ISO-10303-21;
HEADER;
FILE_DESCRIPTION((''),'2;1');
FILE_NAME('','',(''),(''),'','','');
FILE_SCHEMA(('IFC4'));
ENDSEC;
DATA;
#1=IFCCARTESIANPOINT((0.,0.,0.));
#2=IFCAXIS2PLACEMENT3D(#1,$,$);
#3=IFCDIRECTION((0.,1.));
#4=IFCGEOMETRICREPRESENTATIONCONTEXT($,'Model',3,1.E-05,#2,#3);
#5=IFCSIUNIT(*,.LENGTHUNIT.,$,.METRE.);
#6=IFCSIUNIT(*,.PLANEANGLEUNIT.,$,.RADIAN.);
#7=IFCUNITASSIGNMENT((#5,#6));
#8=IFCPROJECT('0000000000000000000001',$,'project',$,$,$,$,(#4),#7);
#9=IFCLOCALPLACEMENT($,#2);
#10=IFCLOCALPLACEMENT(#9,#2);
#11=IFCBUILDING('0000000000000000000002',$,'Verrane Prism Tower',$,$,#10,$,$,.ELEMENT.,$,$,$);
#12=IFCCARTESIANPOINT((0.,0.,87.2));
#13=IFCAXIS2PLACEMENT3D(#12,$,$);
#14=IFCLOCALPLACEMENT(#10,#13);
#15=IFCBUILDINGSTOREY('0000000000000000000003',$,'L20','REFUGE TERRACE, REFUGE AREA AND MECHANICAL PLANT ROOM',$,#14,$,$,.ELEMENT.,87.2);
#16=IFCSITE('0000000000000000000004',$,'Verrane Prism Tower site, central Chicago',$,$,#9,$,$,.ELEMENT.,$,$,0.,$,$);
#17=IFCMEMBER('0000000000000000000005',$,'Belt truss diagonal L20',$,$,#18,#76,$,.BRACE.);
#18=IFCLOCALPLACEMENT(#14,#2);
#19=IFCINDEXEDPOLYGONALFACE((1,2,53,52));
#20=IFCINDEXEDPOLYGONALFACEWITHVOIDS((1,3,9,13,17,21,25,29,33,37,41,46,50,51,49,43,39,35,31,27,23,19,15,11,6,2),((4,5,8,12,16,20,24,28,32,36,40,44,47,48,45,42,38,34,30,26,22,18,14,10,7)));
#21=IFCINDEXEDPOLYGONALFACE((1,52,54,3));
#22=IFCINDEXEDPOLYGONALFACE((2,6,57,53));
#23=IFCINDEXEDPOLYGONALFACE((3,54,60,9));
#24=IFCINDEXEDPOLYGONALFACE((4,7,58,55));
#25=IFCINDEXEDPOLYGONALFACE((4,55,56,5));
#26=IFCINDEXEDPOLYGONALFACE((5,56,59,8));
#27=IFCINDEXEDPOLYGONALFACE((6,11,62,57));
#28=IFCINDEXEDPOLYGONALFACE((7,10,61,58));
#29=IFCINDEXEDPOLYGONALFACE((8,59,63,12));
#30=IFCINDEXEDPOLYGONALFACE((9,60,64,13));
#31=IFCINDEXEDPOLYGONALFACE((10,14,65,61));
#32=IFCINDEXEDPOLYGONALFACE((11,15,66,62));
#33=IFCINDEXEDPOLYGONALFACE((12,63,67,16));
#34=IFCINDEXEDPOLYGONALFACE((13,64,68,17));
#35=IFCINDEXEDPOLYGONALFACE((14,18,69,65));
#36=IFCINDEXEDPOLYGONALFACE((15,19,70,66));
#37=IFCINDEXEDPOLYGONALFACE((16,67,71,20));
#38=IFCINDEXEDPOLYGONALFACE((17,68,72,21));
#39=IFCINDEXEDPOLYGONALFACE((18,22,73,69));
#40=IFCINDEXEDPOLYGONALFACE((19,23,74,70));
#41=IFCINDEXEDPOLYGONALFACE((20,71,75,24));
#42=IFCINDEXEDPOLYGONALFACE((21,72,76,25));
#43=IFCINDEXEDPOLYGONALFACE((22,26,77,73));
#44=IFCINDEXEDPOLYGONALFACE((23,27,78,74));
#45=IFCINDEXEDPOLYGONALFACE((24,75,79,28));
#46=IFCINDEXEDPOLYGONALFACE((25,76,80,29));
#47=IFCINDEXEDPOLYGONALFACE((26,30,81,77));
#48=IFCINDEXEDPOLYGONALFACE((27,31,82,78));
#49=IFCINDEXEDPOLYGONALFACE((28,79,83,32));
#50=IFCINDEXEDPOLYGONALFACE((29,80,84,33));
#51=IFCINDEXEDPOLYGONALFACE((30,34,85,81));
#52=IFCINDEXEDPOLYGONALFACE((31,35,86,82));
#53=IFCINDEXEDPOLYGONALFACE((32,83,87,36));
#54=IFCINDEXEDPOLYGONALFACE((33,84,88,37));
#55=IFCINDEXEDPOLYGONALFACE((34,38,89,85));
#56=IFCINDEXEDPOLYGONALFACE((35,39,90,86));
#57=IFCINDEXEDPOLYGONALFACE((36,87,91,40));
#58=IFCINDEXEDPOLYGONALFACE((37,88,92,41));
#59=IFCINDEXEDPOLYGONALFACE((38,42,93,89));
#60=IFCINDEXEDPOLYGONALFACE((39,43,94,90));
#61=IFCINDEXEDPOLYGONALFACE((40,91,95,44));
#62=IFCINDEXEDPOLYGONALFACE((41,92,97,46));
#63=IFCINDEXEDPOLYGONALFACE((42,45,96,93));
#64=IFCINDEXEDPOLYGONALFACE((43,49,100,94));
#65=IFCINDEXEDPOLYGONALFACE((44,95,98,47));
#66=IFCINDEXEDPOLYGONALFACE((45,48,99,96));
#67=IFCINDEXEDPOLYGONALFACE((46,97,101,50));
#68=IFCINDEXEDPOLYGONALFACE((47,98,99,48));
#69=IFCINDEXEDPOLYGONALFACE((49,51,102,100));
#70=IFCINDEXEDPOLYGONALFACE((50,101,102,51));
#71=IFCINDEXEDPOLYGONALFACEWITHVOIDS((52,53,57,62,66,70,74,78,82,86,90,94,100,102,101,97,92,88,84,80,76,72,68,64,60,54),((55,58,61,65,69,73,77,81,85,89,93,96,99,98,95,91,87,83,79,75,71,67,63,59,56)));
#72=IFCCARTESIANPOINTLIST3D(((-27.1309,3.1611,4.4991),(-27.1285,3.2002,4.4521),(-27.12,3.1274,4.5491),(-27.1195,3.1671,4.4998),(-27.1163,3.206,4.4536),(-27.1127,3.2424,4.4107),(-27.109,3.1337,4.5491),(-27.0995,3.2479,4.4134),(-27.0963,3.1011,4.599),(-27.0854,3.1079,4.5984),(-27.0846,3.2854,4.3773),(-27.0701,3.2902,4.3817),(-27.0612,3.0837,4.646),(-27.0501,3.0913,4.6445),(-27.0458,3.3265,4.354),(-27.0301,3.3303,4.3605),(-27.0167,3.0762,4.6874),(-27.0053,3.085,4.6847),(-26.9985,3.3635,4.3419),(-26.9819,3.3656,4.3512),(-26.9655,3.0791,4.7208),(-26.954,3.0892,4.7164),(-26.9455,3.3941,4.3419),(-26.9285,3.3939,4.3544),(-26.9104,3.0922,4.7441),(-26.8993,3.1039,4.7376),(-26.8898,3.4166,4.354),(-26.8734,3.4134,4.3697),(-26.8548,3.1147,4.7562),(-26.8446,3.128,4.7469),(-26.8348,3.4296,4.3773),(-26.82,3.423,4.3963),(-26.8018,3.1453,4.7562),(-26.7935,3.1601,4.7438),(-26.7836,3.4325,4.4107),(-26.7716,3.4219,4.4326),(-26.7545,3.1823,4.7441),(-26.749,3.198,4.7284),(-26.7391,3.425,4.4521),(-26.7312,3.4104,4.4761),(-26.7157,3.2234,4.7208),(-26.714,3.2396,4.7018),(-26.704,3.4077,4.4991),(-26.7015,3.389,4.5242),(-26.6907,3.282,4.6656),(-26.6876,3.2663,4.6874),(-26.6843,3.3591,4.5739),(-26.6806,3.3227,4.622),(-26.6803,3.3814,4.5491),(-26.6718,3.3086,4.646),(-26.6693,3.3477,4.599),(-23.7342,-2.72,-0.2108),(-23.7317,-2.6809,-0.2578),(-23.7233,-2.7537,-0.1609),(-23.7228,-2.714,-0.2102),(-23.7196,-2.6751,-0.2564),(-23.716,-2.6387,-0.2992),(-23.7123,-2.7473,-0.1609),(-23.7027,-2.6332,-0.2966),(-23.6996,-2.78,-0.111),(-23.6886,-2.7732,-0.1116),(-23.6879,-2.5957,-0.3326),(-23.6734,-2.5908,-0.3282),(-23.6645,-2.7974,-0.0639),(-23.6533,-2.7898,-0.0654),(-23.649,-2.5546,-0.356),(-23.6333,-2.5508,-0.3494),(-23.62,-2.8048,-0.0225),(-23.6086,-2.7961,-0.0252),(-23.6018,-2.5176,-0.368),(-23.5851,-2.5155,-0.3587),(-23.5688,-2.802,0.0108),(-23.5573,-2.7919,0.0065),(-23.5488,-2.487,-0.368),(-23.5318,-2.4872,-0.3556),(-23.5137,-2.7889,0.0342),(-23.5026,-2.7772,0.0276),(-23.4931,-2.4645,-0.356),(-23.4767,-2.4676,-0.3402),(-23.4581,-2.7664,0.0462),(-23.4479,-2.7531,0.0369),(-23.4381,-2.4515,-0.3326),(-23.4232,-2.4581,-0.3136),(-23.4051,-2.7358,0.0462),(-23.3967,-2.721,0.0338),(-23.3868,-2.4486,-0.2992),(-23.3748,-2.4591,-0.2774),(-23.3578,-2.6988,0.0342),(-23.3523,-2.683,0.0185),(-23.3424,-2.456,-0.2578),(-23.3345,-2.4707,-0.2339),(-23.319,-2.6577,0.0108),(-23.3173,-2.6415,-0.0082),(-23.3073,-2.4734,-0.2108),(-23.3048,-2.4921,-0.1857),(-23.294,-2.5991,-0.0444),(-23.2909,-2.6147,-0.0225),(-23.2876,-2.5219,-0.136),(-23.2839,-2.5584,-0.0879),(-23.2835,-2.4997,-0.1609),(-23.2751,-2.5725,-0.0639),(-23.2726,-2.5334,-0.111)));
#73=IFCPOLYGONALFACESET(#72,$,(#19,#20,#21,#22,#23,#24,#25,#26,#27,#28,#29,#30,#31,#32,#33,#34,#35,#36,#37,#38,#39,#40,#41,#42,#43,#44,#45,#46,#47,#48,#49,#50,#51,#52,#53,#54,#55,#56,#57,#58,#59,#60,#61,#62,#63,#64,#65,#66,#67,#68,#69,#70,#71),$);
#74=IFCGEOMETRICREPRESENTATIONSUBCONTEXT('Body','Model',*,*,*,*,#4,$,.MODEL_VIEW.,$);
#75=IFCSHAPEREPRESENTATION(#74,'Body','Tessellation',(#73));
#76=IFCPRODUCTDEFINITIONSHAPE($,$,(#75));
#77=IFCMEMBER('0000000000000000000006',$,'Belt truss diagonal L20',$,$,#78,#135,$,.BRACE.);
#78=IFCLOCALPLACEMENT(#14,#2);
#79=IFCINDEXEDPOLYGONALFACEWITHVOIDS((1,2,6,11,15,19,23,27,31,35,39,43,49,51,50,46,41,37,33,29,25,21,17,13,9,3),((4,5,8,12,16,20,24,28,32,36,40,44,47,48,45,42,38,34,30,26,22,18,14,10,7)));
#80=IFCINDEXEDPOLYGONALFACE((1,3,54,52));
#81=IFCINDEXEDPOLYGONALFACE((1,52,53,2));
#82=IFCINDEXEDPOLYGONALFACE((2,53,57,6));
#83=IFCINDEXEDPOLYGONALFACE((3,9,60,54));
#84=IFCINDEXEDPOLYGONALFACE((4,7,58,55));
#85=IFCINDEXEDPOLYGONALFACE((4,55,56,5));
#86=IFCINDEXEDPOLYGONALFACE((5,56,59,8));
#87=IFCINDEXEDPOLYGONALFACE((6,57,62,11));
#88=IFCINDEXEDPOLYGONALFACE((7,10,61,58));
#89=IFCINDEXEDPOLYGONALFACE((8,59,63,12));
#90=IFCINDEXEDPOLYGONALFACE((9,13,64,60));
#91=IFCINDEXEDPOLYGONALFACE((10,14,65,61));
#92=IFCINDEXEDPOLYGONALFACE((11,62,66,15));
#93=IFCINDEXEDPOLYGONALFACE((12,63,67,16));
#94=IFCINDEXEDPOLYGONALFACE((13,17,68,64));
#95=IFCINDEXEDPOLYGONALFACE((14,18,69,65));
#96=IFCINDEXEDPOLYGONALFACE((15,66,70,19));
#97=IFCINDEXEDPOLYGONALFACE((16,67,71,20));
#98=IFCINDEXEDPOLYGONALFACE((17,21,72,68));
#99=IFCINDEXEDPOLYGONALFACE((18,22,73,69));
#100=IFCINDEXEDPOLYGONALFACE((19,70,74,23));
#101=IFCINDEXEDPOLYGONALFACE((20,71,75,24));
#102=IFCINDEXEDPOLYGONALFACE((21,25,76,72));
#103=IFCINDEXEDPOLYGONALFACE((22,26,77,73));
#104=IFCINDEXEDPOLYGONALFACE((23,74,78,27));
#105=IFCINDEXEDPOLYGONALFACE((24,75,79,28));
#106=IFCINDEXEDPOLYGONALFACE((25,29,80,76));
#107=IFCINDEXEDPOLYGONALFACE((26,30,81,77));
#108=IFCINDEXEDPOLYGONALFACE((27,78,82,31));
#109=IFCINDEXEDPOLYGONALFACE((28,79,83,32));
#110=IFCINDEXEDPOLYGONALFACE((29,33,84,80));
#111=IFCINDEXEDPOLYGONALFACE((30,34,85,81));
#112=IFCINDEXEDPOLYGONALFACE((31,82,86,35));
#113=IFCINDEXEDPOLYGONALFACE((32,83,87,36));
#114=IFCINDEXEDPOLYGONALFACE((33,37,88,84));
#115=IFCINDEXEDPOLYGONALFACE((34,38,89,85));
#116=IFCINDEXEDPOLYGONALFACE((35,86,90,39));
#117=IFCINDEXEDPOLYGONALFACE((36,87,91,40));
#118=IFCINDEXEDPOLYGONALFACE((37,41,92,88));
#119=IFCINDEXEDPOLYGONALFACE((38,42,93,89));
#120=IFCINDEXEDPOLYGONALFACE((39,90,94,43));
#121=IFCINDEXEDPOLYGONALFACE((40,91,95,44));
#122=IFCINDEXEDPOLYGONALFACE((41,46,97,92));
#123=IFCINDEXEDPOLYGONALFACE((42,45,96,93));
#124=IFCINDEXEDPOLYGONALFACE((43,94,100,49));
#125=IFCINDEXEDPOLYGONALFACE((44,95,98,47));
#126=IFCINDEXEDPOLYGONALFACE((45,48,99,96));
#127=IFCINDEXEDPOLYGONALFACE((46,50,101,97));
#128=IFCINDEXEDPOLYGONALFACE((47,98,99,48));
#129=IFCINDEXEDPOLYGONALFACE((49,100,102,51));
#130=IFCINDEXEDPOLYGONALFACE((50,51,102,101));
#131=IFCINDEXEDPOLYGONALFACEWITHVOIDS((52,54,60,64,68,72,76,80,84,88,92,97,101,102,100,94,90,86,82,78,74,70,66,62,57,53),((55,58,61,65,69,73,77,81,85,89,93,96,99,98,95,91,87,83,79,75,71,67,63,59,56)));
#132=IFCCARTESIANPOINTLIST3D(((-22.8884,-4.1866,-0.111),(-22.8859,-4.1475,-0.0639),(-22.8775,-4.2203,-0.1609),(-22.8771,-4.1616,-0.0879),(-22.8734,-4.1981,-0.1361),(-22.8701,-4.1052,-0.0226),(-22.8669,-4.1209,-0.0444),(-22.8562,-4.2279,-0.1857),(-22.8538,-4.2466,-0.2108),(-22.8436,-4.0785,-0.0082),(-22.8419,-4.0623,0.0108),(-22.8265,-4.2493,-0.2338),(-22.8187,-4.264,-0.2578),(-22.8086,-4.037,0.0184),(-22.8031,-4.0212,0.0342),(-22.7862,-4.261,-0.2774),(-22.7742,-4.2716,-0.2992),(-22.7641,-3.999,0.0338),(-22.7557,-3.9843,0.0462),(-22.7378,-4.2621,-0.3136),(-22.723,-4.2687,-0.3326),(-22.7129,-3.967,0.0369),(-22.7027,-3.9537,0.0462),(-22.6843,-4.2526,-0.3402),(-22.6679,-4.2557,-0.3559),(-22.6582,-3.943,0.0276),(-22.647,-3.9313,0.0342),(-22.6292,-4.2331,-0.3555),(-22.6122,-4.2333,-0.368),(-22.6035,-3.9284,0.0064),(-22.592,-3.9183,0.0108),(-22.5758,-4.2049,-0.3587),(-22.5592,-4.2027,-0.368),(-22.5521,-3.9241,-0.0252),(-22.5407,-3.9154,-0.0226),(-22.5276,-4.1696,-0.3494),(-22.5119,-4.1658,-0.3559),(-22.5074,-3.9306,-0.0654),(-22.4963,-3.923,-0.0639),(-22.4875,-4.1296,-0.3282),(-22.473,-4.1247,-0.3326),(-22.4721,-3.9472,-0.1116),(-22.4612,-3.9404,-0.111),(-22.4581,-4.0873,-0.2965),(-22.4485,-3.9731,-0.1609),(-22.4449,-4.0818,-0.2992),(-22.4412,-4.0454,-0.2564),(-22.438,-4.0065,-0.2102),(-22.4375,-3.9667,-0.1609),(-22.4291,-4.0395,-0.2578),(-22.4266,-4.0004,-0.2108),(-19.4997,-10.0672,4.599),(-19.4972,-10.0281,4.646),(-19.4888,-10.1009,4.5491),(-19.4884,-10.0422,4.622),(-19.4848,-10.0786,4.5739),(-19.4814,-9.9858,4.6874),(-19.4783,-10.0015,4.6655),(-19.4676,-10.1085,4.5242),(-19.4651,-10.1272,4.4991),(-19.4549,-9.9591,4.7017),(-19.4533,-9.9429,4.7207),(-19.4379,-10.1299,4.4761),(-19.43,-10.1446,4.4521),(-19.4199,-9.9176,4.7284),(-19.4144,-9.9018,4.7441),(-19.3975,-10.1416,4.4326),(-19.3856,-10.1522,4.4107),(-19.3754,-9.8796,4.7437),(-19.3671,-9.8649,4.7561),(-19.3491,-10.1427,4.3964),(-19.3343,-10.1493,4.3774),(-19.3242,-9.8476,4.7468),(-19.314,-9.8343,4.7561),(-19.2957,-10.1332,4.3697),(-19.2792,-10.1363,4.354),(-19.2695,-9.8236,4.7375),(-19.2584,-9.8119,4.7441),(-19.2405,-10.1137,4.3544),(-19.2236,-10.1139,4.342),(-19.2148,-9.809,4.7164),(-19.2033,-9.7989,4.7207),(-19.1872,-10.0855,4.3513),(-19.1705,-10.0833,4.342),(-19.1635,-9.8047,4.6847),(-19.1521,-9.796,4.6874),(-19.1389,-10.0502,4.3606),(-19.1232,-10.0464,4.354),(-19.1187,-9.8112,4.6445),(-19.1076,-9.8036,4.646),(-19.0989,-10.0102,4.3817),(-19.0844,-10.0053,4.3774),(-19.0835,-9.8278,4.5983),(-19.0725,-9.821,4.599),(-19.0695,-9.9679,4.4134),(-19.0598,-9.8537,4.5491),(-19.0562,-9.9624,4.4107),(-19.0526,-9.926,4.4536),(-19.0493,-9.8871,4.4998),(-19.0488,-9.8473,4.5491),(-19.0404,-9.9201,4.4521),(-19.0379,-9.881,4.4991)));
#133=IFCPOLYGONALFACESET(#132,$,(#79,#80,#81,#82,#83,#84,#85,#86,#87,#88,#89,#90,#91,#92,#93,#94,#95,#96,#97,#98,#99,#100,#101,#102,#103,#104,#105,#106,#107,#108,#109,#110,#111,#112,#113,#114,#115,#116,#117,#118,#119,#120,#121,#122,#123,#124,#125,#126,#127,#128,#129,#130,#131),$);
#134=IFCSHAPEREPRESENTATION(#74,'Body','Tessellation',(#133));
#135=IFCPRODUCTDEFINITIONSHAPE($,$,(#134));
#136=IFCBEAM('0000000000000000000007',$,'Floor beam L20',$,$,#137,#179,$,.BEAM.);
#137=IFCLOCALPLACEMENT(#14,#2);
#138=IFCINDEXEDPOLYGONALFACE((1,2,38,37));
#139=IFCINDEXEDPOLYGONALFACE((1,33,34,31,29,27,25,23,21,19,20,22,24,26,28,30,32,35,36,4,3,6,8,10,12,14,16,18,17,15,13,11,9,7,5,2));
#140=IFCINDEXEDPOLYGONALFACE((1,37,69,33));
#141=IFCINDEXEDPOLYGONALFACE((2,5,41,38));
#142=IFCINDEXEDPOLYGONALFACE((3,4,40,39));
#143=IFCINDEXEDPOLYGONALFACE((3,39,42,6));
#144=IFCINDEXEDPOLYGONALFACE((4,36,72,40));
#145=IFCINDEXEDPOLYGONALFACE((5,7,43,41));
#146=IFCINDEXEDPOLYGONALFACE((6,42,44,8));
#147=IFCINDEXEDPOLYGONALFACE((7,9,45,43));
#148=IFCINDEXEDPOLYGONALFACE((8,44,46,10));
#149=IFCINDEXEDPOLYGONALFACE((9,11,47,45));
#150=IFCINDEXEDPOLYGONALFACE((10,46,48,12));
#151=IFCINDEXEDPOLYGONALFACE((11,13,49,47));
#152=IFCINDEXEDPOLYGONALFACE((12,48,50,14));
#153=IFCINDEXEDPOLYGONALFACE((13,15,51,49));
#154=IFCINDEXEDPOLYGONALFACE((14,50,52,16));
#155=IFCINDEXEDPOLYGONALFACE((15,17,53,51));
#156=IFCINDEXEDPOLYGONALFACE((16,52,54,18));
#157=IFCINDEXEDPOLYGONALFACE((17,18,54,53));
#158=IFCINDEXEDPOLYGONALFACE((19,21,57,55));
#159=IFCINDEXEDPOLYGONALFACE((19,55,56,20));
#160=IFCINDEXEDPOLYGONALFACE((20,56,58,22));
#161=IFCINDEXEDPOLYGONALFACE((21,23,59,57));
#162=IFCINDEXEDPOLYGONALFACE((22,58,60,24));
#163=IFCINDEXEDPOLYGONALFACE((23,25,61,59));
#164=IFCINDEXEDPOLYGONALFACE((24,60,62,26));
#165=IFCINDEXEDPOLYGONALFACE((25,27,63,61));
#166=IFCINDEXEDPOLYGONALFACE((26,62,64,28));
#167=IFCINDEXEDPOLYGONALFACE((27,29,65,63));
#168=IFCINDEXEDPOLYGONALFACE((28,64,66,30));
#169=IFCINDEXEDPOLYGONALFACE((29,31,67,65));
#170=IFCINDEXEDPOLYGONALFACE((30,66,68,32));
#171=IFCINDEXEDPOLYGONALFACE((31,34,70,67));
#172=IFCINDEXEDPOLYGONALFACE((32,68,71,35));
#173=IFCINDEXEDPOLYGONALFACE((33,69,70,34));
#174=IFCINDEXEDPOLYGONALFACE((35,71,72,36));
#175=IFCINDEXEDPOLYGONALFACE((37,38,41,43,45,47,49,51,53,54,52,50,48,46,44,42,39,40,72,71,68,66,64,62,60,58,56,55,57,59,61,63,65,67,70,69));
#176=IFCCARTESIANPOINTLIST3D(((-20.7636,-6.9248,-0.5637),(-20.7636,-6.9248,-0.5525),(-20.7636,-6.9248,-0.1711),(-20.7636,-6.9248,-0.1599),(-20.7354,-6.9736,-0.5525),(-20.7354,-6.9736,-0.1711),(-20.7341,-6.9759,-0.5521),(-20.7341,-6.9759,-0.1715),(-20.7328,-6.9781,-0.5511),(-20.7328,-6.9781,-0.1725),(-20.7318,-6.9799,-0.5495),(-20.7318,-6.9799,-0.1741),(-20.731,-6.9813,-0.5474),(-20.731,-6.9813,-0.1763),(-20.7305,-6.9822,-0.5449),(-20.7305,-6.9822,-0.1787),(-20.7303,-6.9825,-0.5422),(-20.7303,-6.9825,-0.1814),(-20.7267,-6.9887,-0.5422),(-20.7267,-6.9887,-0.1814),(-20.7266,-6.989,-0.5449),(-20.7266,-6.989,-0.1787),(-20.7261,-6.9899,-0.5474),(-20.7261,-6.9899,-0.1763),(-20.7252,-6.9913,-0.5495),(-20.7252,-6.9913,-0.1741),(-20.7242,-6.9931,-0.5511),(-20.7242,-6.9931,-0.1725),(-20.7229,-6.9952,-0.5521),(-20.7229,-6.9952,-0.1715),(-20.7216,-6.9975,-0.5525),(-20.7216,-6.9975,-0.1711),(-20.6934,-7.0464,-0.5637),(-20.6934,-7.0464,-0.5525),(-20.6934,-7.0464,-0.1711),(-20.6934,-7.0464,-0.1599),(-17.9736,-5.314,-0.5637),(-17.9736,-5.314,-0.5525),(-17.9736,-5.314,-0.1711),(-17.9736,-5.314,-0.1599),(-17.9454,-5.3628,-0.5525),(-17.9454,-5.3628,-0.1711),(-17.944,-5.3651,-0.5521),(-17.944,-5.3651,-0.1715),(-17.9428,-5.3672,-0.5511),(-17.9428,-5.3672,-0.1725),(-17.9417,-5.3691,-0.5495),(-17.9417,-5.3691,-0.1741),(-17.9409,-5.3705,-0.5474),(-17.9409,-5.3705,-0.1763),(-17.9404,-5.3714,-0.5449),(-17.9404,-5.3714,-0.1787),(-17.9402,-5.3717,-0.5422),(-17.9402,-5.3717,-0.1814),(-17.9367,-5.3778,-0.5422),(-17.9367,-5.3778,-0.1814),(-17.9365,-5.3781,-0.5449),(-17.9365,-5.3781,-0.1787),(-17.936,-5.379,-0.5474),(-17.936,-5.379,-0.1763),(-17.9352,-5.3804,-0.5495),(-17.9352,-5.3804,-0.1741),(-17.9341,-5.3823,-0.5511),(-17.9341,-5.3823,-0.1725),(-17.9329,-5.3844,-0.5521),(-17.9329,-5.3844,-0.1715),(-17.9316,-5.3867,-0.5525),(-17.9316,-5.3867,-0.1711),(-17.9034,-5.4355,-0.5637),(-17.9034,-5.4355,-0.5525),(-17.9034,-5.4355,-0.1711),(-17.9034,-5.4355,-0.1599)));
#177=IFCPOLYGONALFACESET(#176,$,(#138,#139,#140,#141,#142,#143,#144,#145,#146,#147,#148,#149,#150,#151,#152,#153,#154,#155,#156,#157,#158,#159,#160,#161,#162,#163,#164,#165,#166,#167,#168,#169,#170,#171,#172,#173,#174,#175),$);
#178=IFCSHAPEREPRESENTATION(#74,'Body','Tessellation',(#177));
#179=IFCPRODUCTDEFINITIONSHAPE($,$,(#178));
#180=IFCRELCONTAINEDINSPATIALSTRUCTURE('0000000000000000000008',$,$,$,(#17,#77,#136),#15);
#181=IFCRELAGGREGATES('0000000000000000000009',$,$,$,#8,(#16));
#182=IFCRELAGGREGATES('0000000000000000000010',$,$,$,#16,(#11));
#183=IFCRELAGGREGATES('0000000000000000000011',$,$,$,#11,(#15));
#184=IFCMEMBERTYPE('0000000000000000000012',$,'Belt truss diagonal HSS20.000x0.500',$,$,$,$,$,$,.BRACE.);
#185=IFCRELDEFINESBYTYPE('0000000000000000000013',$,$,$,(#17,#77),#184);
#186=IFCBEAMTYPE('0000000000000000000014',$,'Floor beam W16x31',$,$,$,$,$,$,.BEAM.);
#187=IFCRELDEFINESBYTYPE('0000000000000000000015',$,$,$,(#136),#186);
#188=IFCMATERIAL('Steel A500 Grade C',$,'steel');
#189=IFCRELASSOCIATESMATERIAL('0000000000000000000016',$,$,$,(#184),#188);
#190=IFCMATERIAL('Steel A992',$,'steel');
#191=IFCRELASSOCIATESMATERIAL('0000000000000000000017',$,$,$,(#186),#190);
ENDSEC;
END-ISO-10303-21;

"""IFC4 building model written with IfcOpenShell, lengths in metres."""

from ifc_helpers import new_model, si_unit, direction, frame, origin, origin_2d, place, context, subcontext, project, spatial, hollow_circle, i_section, extrude, material, material_profile, profile_set, type_object, element, save


model = new_model("IFC4")

# Units and contexts
model_context = context("Model", 3, precision=1e-05, world=origin(), true_north=direction((0.0, 1.0)))
body_context = subcontext(model_context, "Body", "Model", "MODEL_VIEW")
ifc_project = project(units=[si_unit("LENGTHUNIT", "METRE"), si_unit("PLANEANGLEUNIT", "RADIAN")], contexts=[model_context])

# Site, building, storey
site_placement = place(None, origin())
site = spatial("IfcSite", under=ifc_project, at=site_placement, Name="Verrane Prism Tower site, central Chicago", CompositionType="ELEMENT", RefElevation=0.0)
building_placement = place(site_placement, origin())
building = spatial("IfcBuilding", under=site, at=building_placement, Name="Verrane Prism Tower", CompositionType="ELEMENT")
storey_placement = place(building_placement, frame((0.0, 0.0, 87.2)))
storey = spatial("IfcBuildingStorey", under=building, at=storey_placement, Name="L20", Description="REFUGE TERRACE, REFUGE AREA AND MECHANICAL PLANT ROOM", CompositionType="ELEMENT", Elevation=87.2)

# Members
ifc_material_1 = material(Name="Steel A500 Grade C", Category="steel")
ifc_material_profile_1 = material_profile(ifc_material_1, hollow_circle(Radius=0.2539, WallThickness=0.0127, at=origin_2d()), Name="HSS20.000x0.500")
ifc_profile_set_1 = profile_set([ifc_material_profile_1], Name="Steel A500 Grade C")
member_type_1 = type_object("IfcMemberType", Name="Belt truss diagonal HSS20.000x0.500", PredefinedType="BRACE", material=ifc_profile_set_1)
member_1_placement = place(storey_placement, frame((-23.5034, -2.6267, -0.1609), z_axis=(-0.410981, 0.711574, 0.569874), x_axis=(-0.865944, -0.50014, 0.0)))
element("IfcMember", 1, at=member_1_placement, inside=storey, type_object=member_type_1, Name="Belt truss diagonal L20", PredefinedType="BRACE", context=body_context, shape_type="SweptSolid", body=[
    extrude(hollow_circle(Radius=0.2539, WallThickness=0.0127, at=origin_2d()), origin(), (0.0, 0.0, 1.0), 8.2649),
])
member_2_placement = place(storey_placement, frame((-22.6575, -4.0935, -0.1609), z_axis=(0.410188, -0.71183, 0.570126), x_axis=(0.86644, 0.499281, 0.0)))
element("IfcMember", 2, at=member_2_placement, inside=storey, type_object=member_type_1, Name="Belt truss diagonal L20", PredefinedType="BRACE", context=body_context, shape_type="SweptSolid", body=[
    extrude(hollow_circle(Radius=0.2539, WallThickness=0.0127, at=origin_2d()), origin(), (0.0, 0.0, 1.0), 8.2612),
])

# Beam
ifc_material_2 = material(Name="Steel A992", Category="steel")
ifc_material_profile_2 = material_profile(ifc_material_2, i_section(OverallWidth=0.1404, OverallDepth=0.4038, WebThickness=0.0071, FlangeThickness=0.0112, FilletRadius=0.0103, at=origin_2d()), Name="W16x31")
ifc_profile_set_2 = profile_set([ifc_material_profile_2], Name="Steel A992")
beam_type_1 = type_object("IfcBeamType", Name="Floor beam W16x31", PredefinedType="BEAM", material=ifc_profile_set_2)
beam_1_placement = place(storey_placement, frame((-20.7285, -6.9856, -0.3618), z_axis=(0.866024, 0.500002, 0.0), x_axis=(-0.500002, 0.866024, 0.0)))
element("IfcBeam", 3, at=beam_1_placement, inside=storey, type_object=beam_type_1, Name="Floor beam L20", PredefinedType="BEAM", context=body_context, shape_type="SweptSolid", body=[
    extrude(i_section(OverallWidth=0.1404, OverallDepth=0.4038, WebThickness=0.0071, FlangeThickness=0.0112, FilletRadius=0.0103, at=origin_2d()), origin(), (0.0, 0.0, 1.0), 3.2217),
])

save(model, "model.ifc")
